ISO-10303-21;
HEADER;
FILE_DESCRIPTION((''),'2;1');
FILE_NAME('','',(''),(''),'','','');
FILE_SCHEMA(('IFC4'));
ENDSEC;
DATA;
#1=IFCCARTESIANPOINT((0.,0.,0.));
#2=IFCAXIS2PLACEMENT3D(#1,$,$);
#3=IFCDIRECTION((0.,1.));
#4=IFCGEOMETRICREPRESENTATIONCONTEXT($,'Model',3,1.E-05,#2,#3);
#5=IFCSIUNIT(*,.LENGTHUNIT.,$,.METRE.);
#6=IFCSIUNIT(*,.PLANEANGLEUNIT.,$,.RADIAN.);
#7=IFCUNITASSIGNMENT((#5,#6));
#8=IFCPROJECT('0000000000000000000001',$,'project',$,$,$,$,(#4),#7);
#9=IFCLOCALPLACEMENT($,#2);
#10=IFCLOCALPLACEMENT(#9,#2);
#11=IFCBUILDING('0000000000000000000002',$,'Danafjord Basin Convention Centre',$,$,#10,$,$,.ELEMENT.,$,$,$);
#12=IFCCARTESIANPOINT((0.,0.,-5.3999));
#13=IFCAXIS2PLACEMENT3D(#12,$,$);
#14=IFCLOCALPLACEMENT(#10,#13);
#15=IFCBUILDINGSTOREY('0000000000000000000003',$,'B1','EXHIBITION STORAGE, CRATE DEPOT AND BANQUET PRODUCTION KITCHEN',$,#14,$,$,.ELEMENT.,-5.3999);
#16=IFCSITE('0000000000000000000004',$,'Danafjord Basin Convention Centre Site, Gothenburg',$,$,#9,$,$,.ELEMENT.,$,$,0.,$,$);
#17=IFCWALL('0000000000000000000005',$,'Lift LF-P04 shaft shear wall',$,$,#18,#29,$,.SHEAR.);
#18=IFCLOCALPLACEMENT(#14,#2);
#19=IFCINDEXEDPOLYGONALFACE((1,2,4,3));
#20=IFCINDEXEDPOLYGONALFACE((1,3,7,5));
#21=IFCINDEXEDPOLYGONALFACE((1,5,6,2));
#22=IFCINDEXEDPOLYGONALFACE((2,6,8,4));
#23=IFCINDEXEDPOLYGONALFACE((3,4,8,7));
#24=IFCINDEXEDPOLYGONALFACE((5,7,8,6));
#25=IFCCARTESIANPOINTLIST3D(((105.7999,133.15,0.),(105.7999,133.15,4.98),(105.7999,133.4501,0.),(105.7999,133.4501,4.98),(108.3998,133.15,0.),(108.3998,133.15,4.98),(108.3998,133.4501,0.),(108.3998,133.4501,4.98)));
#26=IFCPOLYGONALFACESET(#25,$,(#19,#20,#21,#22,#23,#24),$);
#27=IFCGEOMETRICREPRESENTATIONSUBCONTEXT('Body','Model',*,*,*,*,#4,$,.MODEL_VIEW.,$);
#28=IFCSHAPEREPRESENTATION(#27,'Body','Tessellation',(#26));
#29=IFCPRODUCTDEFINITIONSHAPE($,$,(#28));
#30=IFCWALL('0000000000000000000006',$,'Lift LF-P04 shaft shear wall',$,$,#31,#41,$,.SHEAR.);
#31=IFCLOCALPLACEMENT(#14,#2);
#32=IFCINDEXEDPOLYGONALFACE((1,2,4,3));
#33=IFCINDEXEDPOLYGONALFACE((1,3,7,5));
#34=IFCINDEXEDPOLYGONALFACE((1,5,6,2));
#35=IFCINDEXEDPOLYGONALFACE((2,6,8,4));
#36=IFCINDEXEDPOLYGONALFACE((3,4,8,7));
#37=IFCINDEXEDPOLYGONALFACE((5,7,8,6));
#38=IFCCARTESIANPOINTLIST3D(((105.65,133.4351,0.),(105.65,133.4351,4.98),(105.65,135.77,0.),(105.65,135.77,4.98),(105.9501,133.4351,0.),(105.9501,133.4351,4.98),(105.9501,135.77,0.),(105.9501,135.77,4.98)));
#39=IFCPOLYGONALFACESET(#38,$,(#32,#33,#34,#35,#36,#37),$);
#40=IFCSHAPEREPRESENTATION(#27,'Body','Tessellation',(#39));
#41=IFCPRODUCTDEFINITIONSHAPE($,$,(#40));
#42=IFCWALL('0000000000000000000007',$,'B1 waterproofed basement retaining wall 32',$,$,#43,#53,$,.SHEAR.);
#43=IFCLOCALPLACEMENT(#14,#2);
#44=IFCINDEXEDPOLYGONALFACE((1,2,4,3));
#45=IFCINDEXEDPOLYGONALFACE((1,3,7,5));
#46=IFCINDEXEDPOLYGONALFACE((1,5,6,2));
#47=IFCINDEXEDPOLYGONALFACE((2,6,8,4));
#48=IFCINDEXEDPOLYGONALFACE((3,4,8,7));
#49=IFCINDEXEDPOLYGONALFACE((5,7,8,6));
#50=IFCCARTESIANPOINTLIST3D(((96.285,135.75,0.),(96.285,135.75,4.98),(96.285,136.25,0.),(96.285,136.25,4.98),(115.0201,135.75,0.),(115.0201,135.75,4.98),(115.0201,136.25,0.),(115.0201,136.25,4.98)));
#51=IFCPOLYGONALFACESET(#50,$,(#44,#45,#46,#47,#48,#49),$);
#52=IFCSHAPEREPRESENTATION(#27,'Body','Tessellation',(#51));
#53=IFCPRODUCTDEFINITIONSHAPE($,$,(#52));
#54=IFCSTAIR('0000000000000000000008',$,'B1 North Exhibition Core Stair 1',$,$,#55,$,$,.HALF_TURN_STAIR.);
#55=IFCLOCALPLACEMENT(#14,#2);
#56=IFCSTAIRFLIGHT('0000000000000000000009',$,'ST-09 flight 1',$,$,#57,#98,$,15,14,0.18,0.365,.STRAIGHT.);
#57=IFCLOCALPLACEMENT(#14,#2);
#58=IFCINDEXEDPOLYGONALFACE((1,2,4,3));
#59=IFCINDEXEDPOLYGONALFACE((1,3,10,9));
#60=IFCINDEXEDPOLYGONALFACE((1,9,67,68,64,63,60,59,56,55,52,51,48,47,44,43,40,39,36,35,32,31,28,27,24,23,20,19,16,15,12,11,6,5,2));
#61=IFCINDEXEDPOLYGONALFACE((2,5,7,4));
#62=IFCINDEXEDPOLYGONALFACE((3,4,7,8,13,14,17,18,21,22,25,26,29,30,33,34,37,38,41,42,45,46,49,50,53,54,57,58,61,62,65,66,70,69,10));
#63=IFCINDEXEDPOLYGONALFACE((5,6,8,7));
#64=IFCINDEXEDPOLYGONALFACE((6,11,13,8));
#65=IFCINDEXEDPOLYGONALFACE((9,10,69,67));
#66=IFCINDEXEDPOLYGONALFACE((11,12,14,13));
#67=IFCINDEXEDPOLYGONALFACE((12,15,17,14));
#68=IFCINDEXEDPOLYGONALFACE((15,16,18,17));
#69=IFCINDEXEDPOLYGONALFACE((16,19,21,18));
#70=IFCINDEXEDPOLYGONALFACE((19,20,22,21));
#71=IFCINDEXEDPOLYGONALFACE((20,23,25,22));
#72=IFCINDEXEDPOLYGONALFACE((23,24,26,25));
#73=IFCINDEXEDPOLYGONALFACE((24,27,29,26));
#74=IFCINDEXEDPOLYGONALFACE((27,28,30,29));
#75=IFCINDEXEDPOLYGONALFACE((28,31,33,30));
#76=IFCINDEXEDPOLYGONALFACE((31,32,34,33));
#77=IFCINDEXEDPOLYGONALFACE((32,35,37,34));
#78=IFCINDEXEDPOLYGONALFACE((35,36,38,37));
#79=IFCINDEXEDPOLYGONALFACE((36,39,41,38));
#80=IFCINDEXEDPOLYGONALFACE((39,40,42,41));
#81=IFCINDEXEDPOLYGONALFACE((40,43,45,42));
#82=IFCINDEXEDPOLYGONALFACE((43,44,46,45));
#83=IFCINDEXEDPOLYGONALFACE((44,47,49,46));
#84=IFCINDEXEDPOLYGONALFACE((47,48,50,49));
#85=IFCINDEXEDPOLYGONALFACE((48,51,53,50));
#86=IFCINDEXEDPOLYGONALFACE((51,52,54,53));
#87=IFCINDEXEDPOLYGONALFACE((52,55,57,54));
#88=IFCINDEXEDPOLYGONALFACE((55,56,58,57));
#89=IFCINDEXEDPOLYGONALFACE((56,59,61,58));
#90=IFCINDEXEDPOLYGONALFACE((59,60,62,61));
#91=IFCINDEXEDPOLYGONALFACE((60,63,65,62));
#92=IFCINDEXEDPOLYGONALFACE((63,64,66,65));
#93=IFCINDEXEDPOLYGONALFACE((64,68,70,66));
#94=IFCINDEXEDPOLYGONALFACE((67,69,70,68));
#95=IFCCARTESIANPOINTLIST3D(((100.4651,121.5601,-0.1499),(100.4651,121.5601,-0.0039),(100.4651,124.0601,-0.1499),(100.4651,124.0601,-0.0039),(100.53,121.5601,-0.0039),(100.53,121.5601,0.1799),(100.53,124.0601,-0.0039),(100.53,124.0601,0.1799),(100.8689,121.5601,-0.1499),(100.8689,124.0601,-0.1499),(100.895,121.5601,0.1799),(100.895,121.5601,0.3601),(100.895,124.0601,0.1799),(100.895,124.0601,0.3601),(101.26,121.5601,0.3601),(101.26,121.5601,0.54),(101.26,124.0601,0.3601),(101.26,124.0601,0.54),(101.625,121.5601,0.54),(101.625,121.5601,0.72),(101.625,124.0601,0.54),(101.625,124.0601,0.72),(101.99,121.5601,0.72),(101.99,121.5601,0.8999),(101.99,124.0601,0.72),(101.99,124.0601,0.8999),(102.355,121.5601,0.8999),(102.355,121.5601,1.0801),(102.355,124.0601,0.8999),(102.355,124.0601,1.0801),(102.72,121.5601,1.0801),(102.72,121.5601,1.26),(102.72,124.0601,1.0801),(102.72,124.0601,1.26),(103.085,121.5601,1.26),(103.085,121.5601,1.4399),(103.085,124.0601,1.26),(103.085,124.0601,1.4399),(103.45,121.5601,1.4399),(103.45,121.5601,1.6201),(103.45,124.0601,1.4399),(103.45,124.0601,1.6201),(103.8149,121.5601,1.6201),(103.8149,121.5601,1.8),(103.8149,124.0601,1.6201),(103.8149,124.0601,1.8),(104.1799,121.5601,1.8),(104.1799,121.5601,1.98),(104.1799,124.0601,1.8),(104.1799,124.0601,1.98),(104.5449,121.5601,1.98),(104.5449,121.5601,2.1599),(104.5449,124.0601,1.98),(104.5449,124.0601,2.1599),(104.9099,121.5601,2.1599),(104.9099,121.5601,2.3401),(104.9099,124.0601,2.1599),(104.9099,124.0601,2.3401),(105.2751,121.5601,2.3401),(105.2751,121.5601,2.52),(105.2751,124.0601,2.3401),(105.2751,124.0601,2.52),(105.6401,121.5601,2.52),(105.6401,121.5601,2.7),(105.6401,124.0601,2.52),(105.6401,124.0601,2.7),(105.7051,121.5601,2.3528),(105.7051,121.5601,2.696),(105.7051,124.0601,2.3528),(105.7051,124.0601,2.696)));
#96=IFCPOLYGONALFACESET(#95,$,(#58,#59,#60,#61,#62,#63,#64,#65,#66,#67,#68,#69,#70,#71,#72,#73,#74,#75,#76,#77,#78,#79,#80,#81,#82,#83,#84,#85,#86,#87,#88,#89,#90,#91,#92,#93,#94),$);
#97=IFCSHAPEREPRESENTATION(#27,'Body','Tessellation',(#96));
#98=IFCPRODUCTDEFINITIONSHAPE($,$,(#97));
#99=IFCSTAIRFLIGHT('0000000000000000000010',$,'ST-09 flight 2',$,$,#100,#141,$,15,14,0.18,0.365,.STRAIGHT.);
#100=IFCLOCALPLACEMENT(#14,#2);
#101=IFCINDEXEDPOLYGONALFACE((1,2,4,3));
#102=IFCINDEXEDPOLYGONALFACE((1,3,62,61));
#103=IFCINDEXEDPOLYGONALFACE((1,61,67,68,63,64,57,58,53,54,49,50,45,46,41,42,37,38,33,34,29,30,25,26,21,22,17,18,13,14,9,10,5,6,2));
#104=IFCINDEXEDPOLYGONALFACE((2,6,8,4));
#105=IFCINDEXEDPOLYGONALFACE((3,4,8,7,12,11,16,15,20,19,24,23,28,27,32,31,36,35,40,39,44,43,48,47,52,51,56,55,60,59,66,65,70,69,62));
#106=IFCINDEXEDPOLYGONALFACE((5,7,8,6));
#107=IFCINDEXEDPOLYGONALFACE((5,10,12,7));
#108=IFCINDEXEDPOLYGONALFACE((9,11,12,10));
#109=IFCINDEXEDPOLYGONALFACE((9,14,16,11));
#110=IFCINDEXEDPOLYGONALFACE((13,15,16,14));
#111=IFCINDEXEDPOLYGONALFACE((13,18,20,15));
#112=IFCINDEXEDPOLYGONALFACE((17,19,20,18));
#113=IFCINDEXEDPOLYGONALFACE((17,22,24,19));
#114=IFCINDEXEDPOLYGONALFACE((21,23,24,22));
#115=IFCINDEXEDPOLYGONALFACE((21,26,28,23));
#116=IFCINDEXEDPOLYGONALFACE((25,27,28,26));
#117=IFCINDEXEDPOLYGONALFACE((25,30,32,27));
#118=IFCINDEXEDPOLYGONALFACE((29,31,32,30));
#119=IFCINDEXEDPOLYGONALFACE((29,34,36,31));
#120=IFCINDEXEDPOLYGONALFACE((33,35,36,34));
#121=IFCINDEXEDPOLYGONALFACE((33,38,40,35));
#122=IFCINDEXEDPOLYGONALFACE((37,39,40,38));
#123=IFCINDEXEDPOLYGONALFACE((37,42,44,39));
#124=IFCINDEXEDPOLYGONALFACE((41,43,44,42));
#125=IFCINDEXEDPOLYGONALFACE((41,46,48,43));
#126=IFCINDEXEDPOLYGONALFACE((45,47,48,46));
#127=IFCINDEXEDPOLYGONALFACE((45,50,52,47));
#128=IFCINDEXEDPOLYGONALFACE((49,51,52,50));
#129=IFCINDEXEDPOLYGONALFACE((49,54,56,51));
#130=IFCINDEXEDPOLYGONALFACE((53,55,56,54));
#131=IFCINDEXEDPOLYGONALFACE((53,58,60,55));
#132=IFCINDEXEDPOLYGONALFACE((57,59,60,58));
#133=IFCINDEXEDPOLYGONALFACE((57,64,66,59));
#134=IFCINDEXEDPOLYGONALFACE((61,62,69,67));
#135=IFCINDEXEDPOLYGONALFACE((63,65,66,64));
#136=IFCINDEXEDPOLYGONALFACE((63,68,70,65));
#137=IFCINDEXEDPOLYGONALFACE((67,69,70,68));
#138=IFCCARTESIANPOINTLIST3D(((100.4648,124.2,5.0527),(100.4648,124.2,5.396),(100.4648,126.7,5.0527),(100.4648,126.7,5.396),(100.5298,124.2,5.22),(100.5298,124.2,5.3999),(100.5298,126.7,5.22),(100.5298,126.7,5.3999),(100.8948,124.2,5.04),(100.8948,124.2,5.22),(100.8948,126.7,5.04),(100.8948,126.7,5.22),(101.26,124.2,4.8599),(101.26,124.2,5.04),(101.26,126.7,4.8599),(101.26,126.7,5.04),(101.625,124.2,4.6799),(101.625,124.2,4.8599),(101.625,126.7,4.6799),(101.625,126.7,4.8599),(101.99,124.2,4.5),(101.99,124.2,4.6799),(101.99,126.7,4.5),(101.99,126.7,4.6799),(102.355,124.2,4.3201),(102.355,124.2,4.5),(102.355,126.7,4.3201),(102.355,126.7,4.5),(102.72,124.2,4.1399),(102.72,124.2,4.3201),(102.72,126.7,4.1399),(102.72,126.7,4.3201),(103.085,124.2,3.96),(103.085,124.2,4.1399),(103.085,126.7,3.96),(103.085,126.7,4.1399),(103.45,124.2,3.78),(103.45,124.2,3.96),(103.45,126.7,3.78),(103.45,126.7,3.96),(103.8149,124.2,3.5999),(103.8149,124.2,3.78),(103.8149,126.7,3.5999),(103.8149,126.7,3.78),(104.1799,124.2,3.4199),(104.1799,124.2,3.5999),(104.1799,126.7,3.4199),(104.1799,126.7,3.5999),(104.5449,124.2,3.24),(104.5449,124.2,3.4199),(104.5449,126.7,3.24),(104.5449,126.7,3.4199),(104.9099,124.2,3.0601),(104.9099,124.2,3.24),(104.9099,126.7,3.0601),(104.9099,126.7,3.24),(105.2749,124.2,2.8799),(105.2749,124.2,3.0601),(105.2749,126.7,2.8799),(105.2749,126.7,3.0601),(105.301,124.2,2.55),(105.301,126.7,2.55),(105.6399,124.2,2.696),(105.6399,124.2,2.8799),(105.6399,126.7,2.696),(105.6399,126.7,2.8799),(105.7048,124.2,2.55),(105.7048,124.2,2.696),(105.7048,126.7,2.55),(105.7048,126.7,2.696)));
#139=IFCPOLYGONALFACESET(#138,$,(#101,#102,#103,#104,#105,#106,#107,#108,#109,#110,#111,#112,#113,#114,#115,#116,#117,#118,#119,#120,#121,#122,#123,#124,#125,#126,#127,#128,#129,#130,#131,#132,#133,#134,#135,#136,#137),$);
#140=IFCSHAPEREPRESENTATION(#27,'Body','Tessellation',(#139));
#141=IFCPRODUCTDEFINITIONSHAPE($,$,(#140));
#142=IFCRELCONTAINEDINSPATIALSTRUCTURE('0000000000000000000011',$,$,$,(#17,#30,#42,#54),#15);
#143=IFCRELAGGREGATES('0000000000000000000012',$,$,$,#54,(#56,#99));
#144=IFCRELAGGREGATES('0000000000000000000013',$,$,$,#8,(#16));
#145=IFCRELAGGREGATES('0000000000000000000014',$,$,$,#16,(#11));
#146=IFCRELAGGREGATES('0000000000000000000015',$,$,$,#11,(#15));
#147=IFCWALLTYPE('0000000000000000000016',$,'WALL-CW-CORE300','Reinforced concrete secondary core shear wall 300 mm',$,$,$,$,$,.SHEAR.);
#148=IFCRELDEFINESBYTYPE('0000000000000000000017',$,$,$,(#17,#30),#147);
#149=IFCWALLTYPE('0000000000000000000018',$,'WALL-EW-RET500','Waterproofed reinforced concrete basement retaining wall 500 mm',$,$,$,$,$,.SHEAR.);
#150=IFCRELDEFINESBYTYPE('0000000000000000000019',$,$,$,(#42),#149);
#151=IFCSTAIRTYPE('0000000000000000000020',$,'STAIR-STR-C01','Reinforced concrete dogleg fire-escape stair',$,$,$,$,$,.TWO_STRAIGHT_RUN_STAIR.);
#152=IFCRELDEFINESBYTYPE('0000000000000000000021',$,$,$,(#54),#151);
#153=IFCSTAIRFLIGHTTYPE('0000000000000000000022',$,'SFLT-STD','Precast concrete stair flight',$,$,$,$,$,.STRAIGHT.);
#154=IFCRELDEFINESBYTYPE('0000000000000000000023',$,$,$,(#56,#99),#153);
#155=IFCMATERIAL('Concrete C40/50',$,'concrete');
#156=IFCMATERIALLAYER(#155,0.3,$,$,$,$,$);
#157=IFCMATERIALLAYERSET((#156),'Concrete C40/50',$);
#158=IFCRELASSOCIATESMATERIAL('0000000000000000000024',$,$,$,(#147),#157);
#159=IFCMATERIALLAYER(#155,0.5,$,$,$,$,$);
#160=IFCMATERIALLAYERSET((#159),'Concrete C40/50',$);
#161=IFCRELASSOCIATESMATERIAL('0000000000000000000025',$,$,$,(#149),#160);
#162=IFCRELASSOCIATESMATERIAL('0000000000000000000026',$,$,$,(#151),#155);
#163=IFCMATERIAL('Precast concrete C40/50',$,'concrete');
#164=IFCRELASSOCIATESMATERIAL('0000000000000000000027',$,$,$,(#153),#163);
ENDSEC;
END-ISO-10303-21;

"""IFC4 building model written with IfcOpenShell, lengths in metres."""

from ifc_helpers import new_model, si_unit, direction, frame, frame_2d, origin, place, context, subcontext, project, spatial, polyline, rectangle, outline, extrude, material, layer, layer_set, type_object, element, aggregate, save


model = new_model("IFC4")

# Units and contexts
model_context = context("Model", 3, precision=1e-05, world=origin(), true_north=direction((0.0, 1.0)))
body_context = subcontext(model_context, "Body", "Model", "MODEL_VIEW")
ifc_project = project(units=[si_unit("LENGTHUNIT", "METRE"), si_unit("PLANEANGLEUNIT", "RADIAN")], contexts=[model_context])

# Site, building, storey
site_placement = place(None, origin())
site = spatial("IfcSite", under=ifc_project, at=site_placement, Name="Danafjord Basin Convention Centre Site, Gothenburg", CompositionType="ELEMENT", RefElevation=0.0)
building_placement = place(site_placement, origin())
building = spatial("IfcBuilding", under=site, at=building_placement, Name="Danafjord Basin Convention Centre", CompositionType="ELEMENT")
storey_placement = place(building_placement, frame((0.0, 0.0, -5.3999)))
storey = spatial("IfcBuildingStorey", under=building, at=storey_placement, Name="B1", Description="EXHIBITION STORAGE, CRATE DEPOT AND BANQUET PRODUCTION KITCHEN", CompositionType="ELEMENT", Elevation=-5.3999)

# Shared definitions
ifc_material_1 = material(Name="Concrete C40/50", Category="concrete")

# Shared definitions
ifc_layer_1 = layer(ifc_material_1, 0.3)
ifc_layer_set_1 = layer_set([ifc_layer_1], Name="Concrete C40/50")
wall_type_1 = type_object("IfcWallType", Name="WALL-CW-CORE300", Description="Reinforced concrete secondary core shear wall 300 mm", PredefinedType="SHEAR", material=ifc_layer_set_1)

# Walls
wall_1_placement = place(storey_placement, frame((105.8, 133.3, 0.0), z_axis=(0.0, 0.0, 1.0), x_axis=(1.0, 0.0, 0.0)))
element("IfcWall", 1, at=wall_1_placement, inside=storey, type_object=wall_type_1, Name="Lift LF-P04 shaft shear wall", PredefinedType="SHEAR", context=body_context, shape_type="SweptSolid", body=[
    extrude(rectangle(XDim=2.5999, YDim=0.3, at=frame_2d((1.2998, 0.0))), origin(), (0.0, 0.0, 1.0), 4.98),
])
wall_2_placement = place(storey_placement, frame((105.8, 135.77, 0.0), z_axis=(0.0, 0.0, 1.0), x_axis=(0.0, -1.0, 0.0)))
element("IfcWall", 2, at=wall_2_placement, inside=storey, type_object=wall_type_1, Name="Lift LF-P04 shaft shear wall", PredefinedType="SHEAR", context=body_context, shape_type="SweptSolid", body=[
    extrude(rectangle(XDim=2.335, YDim=0.3, at=frame_2d((1.1675, 0.0))), origin(), (0.0, 0.0, 1.0), 4.98),
])
ifc_layer_2 = layer(ifc_material_1, 0.5)
ifc_layer_set_2 = layer_set([ifc_layer_2], Name="Concrete C40/50")
wall_type_2 = type_object("IfcWallType", Name="WALL-EW-RET500", Description="Waterproofed reinforced concrete basement retaining wall 500 mm", PredefinedType="SHEAR", material=ifc_layer_set_2)
wall_3_placement = place(storey_placement, frame((96.2849, 136.0, 0.0), z_axis=(0.0, 0.0, 1.0), x_axis=(1.0, 0.0, 0.0)))
element("IfcWall", 3, at=wall_3_placement, inside=storey, type_object=wall_type_2, Name="B1 waterproofed basement retaining wall 32", PredefinedType="SHEAR", context=body_context, shape_type="SweptSolid", body=[
    extrude(rectangle(XDim=18.7351, YDim=0.5, at=frame_2d((9.3677, 0.0))), origin(), (0.0, 0.0, 1.0), 4.98),
])

# Stair, stair flights
stair_type = type_object("IfcStairType", Name="STAIR-STR-C01", Description="Reinforced concrete dogleg fire-escape stair", PredefinedType="TWO_STRAIGHT_RUN_STAIR", material=ifc_material_1)
stair_placement = place(storey_placement, origin())
stair = element("IfcStair", 4, at=stair_placement, inside=storey, type_object=stair_type, Name="B1 North Exhibition Core Stair 1", PredefinedType="HALF_TURN_STAIR")
ifc_material_2 = material(Name="Precast concrete C40/50", Category="concrete")
stair_flight_type = type_object("IfcStairFlightType", Name="SFLT-STD", Description="Precast concrete stair flight", PredefinedType="STRAIGHT", material=ifc_material_2)
stair_flight_1_placement = place(storey_placement, frame((100.53, 122.8101, 0.0), z_axis=(0.0, 0.0, 1.0), x_axis=(1.0, 0.0, 0.0)))
stair_flight_1 = element("IfcStairFlight", 5, at=stair_flight_1_placement, type_object=stair_flight_type, Name="ST-09 flight 1", NumberOfRisers=15, NumberOfTreads=14, PredefinedType="STRAIGHT", RiserHeight=0.18, TreadLength=0.365, context=body_context, shape_type="SweptSolid", body=[
    extrude(outline(polyline([(-0.0649, -0.1499), (-0.0649, -0.0039), (0.0, -0.0039), (0.0, 0.1799), (0.365, 0.1799), (0.365, 0.3601), (0.73, 0.3601), (0.73, 0.54), (1.095, 0.54), (1.095, 0.72), (1.46, 0.72), (1.46, 0.8999), (1.825, 0.8999), (1.825, 1.0801), (2.1899, 1.0801), (2.1899, 1.26), (2.5549, 1.26), (2.5549, 1.4399), (2.9199, 1.4399), (2.9199, 1.6201), (3.2849, 1.6201), (3.2849, 1.8), (3.6499, 1.8), (3.6499, 1.98), (4.0149, 1.98), (4.0149, 2.1599), (4.3799, 2.1599), (4.3799, 2.3401), (4.7451, 2.3401), (4.7451, 2.52), (5.1101, 2.52), (5.1101, 2.7), (5.175, 2.696), (5.175, 2.3528), (0.3389, -0.1499), (-0.0649, -0.1499)])), frame((0.0, 1.25, 0.0), z_axis=(0.0, -1.0, 0.0), x_axis=(1.0, 0.0, 0.0)), (0.0, 0.0, 1.0), 2.5),
])
stair_flight_2_placement = place(storey_placement, frame((105.6399, 125.45, 2.7), z_axis=(0.0, 0.0, 1.0), x_axis=(-1.0, 0.0, 0.0)))
stair_flight_2 = element("IfcStairFlight", 6, at=stair_flight_2_placement, type_object=stair_flight_type, Name="ST-09 flight 2", NumberOfRisers=15, NumberOfTreads=14, PredefinedType="STRAIGHT", RiserHeight=0.18, TreadLength=0.365, context=body_context, shape_type="SweptSolid", body=[
    extrude(outline(polyline([(-0.0649, -0.1499), (-0.0649, -0.0039), (0.0, -0.0039), (0.0, 0.1799), (0.365, 0.1799), (0.365, 0.3601), (0.73, 0.3601), (0.73, 0.54), (1.095, 0.54), (1.095, 0.72), (1.46, 0.72), (1.46, 0.8999), (1.825, 0.8999), (1.825, 1.0801), (2.1899, 1.0801), (2.1899, 1.26), (2.5549, 1.26), (2.5549, 1.4399), (2.9199, 1.4399), (2.9199, 1.6201), (3.2849, 1.6201), (3.2849, 1.8), (3.6499, 1.8), (3.6499, 1.98), (4.0149, 1.98), (4.0149, 2.1599), (4.3799, 2.1599), (4.3799, 2.3401), (4.7451, 2.3401), (4.7451, 2.52), (5.1101, 2.52), (5.1101, 2.7), (5.175, 2.696), (5.175, 2.3528), (0.3389, -0.1499), (-0.0649, -0.1499)])), frame((0.0, 1.25, 0.0), z_axis=(0.0, -1.0, 0.0), x_axis=(1.0, 0.0, 0.0)), (0.0, 0.0, 1.0), 2.5),
])
aggregate(stair, [stair_flight_1, stair_flight_2])

save(model, "model.ifc")
